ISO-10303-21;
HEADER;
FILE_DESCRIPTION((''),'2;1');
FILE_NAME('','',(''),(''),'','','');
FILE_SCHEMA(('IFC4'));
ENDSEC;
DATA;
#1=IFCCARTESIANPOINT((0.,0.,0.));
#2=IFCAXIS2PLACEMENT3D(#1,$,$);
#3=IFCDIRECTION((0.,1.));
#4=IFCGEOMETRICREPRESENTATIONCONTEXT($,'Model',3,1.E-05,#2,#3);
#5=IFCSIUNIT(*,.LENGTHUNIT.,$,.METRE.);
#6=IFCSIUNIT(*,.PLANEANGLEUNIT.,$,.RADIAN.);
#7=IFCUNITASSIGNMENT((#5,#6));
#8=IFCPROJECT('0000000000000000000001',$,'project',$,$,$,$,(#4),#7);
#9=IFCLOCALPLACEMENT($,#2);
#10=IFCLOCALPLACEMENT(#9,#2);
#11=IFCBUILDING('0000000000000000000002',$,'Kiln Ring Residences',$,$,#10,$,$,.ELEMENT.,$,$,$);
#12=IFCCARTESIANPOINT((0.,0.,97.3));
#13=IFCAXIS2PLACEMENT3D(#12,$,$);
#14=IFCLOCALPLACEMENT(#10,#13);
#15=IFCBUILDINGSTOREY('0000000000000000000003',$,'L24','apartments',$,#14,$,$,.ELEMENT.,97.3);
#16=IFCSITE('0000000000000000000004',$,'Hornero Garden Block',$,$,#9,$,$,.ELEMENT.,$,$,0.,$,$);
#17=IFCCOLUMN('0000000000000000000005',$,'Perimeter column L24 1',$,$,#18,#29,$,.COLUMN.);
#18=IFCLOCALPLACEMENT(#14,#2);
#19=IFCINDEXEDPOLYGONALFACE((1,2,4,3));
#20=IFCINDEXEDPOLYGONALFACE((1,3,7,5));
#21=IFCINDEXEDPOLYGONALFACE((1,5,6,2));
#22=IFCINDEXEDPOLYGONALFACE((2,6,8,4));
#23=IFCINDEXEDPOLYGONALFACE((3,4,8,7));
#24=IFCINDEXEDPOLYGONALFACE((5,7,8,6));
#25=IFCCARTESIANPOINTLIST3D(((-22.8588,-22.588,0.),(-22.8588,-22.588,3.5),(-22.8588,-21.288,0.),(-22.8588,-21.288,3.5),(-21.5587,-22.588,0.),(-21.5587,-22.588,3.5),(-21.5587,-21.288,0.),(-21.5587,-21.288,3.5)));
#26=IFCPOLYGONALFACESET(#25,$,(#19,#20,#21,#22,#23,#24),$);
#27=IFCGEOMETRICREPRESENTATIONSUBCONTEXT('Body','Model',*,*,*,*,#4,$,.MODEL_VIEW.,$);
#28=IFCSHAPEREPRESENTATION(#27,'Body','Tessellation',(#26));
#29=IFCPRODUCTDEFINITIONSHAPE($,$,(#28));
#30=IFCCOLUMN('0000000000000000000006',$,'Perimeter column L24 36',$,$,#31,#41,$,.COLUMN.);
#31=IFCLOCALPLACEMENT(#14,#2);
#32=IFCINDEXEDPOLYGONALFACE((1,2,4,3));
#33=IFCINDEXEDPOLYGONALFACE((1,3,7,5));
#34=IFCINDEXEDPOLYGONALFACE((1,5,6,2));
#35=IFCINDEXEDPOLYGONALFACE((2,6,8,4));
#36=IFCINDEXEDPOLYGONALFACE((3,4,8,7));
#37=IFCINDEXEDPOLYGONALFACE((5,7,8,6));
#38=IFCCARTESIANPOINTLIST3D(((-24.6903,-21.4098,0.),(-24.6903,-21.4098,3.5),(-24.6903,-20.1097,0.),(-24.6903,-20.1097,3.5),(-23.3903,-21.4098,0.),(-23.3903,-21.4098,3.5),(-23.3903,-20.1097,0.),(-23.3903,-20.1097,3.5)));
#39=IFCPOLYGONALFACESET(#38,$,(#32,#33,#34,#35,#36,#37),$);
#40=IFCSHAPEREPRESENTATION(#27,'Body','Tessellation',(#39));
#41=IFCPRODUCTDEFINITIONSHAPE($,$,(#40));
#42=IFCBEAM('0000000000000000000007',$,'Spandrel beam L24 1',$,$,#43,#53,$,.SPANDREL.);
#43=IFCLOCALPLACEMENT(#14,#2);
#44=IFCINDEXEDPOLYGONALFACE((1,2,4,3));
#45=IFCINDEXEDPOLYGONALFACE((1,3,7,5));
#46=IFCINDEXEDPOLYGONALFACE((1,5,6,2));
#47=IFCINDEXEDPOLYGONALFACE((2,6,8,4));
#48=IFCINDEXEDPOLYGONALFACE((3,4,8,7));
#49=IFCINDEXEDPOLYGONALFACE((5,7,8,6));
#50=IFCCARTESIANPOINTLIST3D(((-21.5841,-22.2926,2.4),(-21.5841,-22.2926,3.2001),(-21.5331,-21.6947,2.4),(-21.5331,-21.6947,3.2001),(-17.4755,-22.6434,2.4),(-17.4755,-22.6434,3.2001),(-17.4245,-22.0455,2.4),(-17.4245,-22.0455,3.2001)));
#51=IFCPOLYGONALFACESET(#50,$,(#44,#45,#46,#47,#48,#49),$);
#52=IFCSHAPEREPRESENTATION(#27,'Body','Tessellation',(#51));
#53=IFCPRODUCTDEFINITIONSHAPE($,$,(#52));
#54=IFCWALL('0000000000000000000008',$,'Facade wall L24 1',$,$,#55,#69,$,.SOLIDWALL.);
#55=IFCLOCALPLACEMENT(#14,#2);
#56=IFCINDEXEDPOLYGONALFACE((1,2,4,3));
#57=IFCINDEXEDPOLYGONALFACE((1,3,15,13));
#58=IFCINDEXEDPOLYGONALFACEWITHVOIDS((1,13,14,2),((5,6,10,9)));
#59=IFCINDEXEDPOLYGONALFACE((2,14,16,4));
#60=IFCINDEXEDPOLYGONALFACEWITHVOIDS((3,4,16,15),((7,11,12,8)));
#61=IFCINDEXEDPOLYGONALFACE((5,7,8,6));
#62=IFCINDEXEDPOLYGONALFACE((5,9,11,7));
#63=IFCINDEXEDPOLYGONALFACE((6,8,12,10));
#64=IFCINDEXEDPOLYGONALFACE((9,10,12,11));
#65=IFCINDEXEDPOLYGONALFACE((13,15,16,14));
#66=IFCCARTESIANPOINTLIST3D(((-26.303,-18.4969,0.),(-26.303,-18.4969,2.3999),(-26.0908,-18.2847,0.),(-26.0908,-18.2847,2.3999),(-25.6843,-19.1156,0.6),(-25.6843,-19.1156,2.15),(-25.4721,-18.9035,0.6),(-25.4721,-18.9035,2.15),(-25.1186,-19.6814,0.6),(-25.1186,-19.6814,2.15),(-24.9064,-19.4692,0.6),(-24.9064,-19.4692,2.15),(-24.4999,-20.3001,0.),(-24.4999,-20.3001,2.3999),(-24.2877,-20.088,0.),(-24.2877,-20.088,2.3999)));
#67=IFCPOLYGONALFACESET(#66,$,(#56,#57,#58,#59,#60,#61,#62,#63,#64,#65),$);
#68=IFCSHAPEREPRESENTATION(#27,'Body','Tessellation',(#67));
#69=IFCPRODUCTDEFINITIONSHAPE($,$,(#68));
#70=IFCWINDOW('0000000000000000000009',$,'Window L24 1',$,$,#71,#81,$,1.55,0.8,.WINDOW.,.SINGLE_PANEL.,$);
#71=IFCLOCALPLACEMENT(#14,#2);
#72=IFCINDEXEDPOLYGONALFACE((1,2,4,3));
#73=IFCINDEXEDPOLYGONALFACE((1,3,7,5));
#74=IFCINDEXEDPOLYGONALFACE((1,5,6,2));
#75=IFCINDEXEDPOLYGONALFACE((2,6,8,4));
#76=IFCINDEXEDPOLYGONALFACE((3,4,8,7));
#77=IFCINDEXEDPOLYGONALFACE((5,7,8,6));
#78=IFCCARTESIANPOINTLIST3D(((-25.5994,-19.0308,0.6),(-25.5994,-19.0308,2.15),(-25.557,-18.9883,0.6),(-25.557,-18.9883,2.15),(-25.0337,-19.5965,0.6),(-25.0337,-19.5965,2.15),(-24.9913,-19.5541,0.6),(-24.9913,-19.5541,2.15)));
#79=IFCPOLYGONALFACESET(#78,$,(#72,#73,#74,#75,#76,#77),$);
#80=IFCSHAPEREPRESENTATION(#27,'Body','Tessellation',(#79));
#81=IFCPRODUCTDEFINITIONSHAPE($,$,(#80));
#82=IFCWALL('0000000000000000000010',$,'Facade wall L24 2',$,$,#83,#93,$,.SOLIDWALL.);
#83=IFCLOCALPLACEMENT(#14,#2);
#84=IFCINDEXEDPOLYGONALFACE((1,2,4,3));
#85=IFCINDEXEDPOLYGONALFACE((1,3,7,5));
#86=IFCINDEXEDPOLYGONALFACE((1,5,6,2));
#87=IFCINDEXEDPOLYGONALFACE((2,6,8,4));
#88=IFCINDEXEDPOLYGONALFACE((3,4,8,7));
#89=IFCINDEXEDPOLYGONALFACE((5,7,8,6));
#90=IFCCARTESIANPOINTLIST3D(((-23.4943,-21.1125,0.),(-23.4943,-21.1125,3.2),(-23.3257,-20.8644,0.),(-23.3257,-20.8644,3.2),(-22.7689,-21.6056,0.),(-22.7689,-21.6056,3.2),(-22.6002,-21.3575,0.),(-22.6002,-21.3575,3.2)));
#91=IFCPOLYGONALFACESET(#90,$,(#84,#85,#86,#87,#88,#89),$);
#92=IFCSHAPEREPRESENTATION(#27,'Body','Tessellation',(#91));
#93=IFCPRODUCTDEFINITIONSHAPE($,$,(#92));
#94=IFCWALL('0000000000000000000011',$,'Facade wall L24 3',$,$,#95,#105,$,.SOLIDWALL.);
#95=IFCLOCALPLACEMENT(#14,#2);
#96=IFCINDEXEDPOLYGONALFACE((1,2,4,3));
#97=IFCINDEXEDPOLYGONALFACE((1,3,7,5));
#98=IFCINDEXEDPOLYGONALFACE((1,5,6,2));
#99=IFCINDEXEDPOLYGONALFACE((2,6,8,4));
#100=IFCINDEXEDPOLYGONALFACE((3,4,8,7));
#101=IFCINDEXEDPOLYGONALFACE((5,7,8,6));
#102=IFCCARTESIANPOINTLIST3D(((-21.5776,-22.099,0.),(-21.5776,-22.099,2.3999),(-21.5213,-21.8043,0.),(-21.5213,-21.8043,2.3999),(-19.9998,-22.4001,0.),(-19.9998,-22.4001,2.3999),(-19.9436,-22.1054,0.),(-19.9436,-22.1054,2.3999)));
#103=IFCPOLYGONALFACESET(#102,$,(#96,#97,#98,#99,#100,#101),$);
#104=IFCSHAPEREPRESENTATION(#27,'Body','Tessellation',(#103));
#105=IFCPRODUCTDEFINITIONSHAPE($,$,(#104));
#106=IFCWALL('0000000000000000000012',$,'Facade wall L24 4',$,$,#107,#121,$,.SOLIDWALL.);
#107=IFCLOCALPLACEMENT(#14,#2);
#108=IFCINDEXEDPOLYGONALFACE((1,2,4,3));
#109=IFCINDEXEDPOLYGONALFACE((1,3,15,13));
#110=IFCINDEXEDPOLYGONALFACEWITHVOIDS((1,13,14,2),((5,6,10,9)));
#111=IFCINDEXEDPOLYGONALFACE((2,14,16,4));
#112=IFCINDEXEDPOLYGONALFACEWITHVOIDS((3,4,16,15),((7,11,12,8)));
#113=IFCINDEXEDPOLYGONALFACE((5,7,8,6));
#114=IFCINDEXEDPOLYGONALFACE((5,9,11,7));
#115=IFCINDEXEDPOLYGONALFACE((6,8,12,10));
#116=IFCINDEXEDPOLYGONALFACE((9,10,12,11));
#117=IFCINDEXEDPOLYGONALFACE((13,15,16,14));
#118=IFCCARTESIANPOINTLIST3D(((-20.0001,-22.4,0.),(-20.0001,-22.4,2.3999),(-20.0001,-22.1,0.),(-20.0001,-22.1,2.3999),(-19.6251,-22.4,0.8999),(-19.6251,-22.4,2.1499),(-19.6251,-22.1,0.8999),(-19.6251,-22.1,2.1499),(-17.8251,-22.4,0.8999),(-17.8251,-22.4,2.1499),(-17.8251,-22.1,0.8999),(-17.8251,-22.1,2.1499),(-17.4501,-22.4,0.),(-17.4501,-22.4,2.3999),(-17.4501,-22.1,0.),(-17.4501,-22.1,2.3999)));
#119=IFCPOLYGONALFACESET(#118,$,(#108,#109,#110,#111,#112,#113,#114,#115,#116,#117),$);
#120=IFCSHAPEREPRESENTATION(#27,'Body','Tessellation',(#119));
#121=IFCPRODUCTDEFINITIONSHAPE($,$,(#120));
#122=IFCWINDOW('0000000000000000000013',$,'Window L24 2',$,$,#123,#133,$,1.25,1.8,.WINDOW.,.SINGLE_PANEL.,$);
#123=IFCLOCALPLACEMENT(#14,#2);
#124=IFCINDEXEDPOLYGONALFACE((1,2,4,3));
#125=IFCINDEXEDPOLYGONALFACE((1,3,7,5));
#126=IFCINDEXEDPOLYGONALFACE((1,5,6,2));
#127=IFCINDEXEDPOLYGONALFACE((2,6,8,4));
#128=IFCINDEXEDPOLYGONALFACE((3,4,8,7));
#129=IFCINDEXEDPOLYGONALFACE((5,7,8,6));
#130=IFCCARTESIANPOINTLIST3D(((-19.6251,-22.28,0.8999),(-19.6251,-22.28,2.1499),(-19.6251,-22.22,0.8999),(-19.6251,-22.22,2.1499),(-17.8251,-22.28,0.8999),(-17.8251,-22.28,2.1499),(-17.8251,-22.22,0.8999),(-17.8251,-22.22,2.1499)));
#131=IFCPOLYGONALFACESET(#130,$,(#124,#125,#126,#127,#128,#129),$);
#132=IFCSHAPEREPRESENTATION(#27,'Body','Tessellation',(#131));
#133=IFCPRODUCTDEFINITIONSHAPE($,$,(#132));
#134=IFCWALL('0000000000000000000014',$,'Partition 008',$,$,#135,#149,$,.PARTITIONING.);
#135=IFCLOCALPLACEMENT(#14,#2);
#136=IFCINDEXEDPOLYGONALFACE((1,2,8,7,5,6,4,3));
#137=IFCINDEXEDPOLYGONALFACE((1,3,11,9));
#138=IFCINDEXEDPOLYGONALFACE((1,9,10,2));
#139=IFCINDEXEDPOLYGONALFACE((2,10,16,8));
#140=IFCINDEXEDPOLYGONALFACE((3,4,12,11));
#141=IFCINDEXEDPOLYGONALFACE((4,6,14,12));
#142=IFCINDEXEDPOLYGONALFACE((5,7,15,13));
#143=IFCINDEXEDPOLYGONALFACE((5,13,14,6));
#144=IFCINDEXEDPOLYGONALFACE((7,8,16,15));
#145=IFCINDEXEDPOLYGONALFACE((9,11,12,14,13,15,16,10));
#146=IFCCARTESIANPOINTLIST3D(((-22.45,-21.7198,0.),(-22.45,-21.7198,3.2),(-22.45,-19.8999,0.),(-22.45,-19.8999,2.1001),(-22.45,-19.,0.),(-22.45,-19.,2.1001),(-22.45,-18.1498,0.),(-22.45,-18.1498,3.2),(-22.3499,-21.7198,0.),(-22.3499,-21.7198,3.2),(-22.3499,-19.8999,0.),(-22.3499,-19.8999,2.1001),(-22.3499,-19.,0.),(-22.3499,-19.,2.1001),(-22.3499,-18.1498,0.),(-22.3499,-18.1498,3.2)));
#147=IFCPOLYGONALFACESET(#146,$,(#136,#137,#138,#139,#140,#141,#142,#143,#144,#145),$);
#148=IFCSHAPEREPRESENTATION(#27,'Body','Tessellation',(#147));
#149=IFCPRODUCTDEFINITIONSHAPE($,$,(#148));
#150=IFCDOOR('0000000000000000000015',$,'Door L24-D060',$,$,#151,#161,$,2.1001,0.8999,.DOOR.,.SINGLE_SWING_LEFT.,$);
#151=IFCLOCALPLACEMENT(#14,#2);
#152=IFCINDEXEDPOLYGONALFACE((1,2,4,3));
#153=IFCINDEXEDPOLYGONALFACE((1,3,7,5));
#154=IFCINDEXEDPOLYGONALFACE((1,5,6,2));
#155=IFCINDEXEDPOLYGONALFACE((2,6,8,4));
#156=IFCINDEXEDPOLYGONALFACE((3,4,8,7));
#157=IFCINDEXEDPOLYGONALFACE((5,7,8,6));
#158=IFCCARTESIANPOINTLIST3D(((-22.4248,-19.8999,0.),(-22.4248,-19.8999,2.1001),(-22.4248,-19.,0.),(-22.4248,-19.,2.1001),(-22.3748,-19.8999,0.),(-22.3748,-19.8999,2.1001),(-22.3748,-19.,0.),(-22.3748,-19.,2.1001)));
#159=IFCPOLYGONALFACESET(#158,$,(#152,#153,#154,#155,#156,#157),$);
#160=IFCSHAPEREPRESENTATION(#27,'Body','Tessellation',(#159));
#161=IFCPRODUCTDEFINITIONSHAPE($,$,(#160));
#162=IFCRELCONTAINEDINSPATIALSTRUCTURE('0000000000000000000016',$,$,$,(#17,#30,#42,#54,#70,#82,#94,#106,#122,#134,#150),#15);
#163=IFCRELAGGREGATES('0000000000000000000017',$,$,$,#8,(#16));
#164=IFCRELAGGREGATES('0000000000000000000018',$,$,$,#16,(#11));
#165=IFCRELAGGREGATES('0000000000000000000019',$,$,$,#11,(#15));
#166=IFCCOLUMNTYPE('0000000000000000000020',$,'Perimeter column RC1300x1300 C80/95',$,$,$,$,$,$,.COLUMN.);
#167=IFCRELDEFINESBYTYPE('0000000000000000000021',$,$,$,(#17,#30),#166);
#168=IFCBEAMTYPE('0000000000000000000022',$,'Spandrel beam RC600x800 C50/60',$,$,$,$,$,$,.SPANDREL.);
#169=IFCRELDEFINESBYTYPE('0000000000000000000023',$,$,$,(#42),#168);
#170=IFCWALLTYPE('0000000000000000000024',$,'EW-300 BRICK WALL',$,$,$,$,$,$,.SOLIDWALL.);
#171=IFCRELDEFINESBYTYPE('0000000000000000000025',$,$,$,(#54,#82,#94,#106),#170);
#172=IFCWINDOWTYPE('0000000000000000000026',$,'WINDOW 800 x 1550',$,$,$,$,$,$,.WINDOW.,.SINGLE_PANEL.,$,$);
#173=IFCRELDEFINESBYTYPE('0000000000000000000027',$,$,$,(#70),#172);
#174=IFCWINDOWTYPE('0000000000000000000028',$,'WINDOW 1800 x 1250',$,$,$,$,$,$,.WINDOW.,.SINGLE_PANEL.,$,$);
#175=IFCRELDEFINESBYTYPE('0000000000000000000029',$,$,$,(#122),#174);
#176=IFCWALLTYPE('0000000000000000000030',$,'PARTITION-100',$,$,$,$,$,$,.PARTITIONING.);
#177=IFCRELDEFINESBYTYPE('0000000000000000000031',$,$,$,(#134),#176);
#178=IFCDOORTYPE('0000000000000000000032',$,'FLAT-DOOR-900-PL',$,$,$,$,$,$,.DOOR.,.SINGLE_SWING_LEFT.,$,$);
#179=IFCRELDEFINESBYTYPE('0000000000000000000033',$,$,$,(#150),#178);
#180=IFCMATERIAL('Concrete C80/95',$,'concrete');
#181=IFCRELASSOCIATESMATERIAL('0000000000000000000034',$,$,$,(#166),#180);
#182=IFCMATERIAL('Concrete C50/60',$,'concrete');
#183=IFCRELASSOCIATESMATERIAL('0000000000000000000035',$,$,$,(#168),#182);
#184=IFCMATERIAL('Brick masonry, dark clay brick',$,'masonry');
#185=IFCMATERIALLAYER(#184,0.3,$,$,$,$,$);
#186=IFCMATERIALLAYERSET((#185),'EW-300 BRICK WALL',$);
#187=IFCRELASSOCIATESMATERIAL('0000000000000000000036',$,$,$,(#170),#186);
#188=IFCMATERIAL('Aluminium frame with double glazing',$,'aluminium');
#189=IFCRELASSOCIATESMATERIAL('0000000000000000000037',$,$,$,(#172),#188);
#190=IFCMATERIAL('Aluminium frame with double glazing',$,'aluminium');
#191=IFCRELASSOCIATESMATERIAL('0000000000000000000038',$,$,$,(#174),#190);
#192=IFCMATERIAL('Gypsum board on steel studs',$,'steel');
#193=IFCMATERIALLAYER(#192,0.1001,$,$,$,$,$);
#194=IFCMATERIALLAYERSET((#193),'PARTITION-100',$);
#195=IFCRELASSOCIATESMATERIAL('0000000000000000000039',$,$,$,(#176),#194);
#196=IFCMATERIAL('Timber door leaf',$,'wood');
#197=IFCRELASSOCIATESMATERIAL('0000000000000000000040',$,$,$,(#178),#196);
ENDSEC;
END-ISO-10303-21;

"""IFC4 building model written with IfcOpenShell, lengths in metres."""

from ifc_helpers import new_model, si_unit, direction, frame, frame_2d, origin, origin_2d, place, context, subcontext, project, spatial, rectangle, extrude, material, layer, layer_set, material_profile, profile_set, type_object, element, fill, save


model = new_model("IFC4")

# Units and contexts
model_context = context("Model", 3, precision=1e-05, world=origin(), true_north=direction((0.0, 1.0)))
body_context = subcontext(model_context, "Body", "Model", "MODEL_VIEW")
ifc_project = project(units=[si_unit("LENGTHUNIT", "METRE"), si_unit("PLANEANGLEUNIT", "RADIAN")], contexts=[model_context])

# Site, building, storey
site_placement = place(None, origin())
site = spatial("IfcSite", under=ifc_project, at=site_placement, Name="Hornero Garden Block", CompositionType="ELEMENT", RefElevation=0.0)
building_placement = place(site_placement, origin())
building = spatial("IfcBuilding", under=site, at=building_placement, Name="Kiln Ring Residences", CompositionType="ELEMENT")
storey_placement = place(building_placement, frame((0.0, 0.0, 97.3)))
storey = spatial("IfcBuildingStorey", under=building, at=storey_placement, Name="L24", Description="apartments", CompositionType="ELEMENT", Elevation=97.3)

# Columns
ifc_material_1 = material(Name="Concrete C80/95", Category="concrete")
ifc_material_profile_1 = material_profile(ifc_material_1, rectangle(XDim=1.3, YDim=1.3, at=origin_2d()), Name="RC1300x1300")
ifc_profile_set_1 = profile_set([ifc_material_profile_1], Name="Concrete C80/95")
column_type = type_object("IfcColumnType", Name="Perimeter column RC1300x1300 C80/95", PredefinedType="COLUMN", material=ifc_profile_set_1)
for number, where, z_axis, x_axis, name in (
    (1, (-22.2087, -21.938, 0.0), (0.0, 0.0, 1.0), (1.0, 0.0, 0.0), "Perimeter column L24 1"),
    (2, (-24.0403, -20.7598, 0.0), (0.0, 0.0, 1.0), (1.0, 0.0, 0.0), "Perimeter column L24 36"),
):
    element("IfcColumn", number, at=place(storey_placement, frame(where, z_axis=z_axis, x_axis=x_axis)), inside=storey, type_object=column_type, Name=name, PredefinedType="COLUMN", context=body_context, shape_type="SweptSolid", body=[
        extrude(rectangle(XDim=1.3, YDim=1.3, at=origin_2d()), origin(), (0.0, 0.0, 1.0), 3.5),
    ])

# Beam
ifc_material_2 = material(Name="Concrete C50/60", Category="concrete")
ifc_material_profile_2 = material_profile(ifc_material_2, rectangle(XDim=0.6001, YDim=0.8, at=origin_2d()), Name="RC600x800")
ifc_profile_set_2 = profile_set([ifc_material_profile_2], Name="Concrete C50/60")
beam_type = type_object("IfcBeamType", Name="Spandrel beam RC600x800 C50/60", PredefinedType="SPANDREL", material=ifc_profile_set_2)
beam_placement = place(storey_placement, frame((-21.5586, -21.9937, 2.8), z_axis=(0.996374, -0.085079, 0.0), x_axis=(0.085079, 0.996374, 0.0)))
element("IfcBeam", 3, at=beam_placement, inside=storey, type_object=beam_type, Name="Spandrel beam L24 1", PredefinedType="SPANDREL", context=body_context, shape_type="SweptSolid", body=[
    extrude(rectangle(XDim=0.6001, YDim=0.8, at=origin_2d()), origin(), (0.0, 0.0, 1.0), 4.1235),
])

# Wall, opening, window
ifc_material_3 = material(Name="Brick masonry, dark clay brick", Category="masonry")
ifc_layer_1 = layer(ifc_material_3, 0.3)
ifc_layer_set_1 = layer_set([ifc_layer_1], Name="EW-300 BRICK WALL")
wall_type_1 = type_object("IfcWallType", Name="EW-300 BRICK WALL", PredefinedType="SOLIDWALL", material=ifc_layer_set_1)
wall_1_placement = place(storey_placement, frame((-26.1968, -18.3909, 0.0), z_axis=(0.0, 0.0, 1.0), x_axis=(0.707059, -0.707155, 0.0)))
wall_1 = element("IfcWall", 4, at=wall_1_placement, inside=storey, type_object=wall_type_1, Name="Facade wall L24 1", PredefinedType="SOLIDWALL", context=body_context, shape_type="SweptSolid", body=[
    extrude(rectangle(XDim=2.55, YDim=0.3, at=frame_2d((1.2749, 0.0))), origin(), (0.0, 0.0, 1.0), 2.3999),
])
opening_1_placement = place(wall_1_placement, frame((0.875, 0.0, 0.6001)))
opening_1 = element("IfcOpeningElement", 5, at=opening_1_placement, cuts=wall_1, PredefinedType="OPENING", context=body_context, shape_type="SweptSolid", body=[
    extrude(rectangle(XDim=0.8, YDim=1.55, at=frame_2d((0.3999, 0.7749))), frame((0.0, 0.1599, 0.0), z_axis=(0.0, -1.0, 0.0), x_axis=(1.0, 0.0, 0.0)), (0.0, 0.0, 1.0), 0.3201),
])
ifc_material_4 = material(Name="Aluminium frame with double glazing", Category="aluminium")
window_type_1 = type_object("IfcWindowType", Name="WINDOW 800 x 1550", PartitioningType="SINGLE_PANEL", PredefinedType="WINDOW", material=ifc_material_4)
window_1_placement = place(opening_1_placement, origin())
window_1 = element("IfcWindow", 6, at=window_1_placement, inside=storey, type_object=window_type_1, Name="Window L24 1", OverallHeight=1.55, OverallWidth=0.8, PartitioningType="SINGLE_PANEL", PredefinedType="WINDOW", context=body_context, shape_type="SweptSolid", body=[
    extrude(rectangle(XDim=0.8, YDim=1.55, at=frame_2d((0.3999, 0.7749))), frame((0.0, 0.03, 0.0), z_axis=(0.0, -1.0, 0.0), x_axis=(1.0, 0.0, 0.0)), (0.0, 0.0, 1.0), 0.0601),
])
fill(opening_1, window_1)

# Walls
wall_2_placement = place(storey_placement, frame((-23.4099, -20.9885, 0.0), z_axis=(0.0, 0.0, 1.0), x_axis=(0.827051, -0.562127, 0.0)))
element("IfcWall", 7, at=wall_2_placement, inside=storey, type_object=wall_type_1, Name="Facade wall L24 2", PredefinedType="SOLIDWALL", context=body_context, shape_type="SweptSolid", body=[
    extrude(rectangle(XDim=0.8772, YDim=0.3, at=frame_2d((0.4385, 0.0))), origin(), (0.0, 0.0, 1.0), 3.2),
])
wall_3_placement = place(storey_placement, frame((-21.5496, -21.9517, 0.0), z_axis=(0.0, 0.0, 1.0), x_axis=(0.982279, -0.187426, 0.0)))
element("IfcWall", 8, at=wall_3_placement, inside=storey, type_object=wall_type_1, Name="Facade wall L24 3", PredefinedType="SOLIDWALL", context=body_context, shape_type="SweptSolid", body=[
    extrude(rectangle(XDim=1.6062, YDim=0.3, at=frame_2d((0.8032, 0.0))), origin(), (0.0, 0.0, 1.0), 2.3999),
])

# Wall, opening, window
wall_4_placement = place(storey_placement, frame((-20.0, -22.25, 0.0), z_axis=(0.0, 0.0, 1.0), x_axis=(1.0, 0.0, 0.0)))
wall_4 = element("IfcWall", 9, at=wall_4_placement, inside=storey, type_object=wall_type_1, Name="Facade wall L24 4", PredefinedType="SOLIDWALL", context=body_context, shape_type="SweptSolid", body=[
    extrude(rectangle(XDim=2.55, YDim=0.3, at=frame_2d((1.2749, 0.0))), origin(), (0.0, 0.0, 1.0), 2.3999),
])
opening_2_placement = place(wall_4_placement, frame((0.375, 0.0, 0.8999)))
opening_2 = element("IfcOpeningElement", 10, at=opening_2_placement, cuts=wall_4, PredefinedType="OPENING", context=body_context, shape_type="SweptSolid", body=[
    extrude(rectangle(XDim=1.8, YDim=1.25, at=frame_2d((0.8999, 0.625))), frame((0.0, 0.1599, 0.0), z_axis=(0.0, -1.0, 0.0), x_axis=(1.0, 0.0, 0.0)), (0.0, 0.0, 1.0), 0.3201),
])
ifc_material_5 = material(Name="Aluminium frame with double glazing", Category="aluminium")
window_type_2 = type_object("IfcWindowType", Name="WINDOW 1800 x 1250", PartitioningType="SINGLE_PANEL", PredefinedType="WINDOW", material=ifc_material_5)
window_2_placement = place(opening_2_placement, origin())
window_2 = element("IfcWindow", 11, at=window_2_placement, inside=storey, type_object=window_type_2, Name="Window L24 2", OverallHeight=1.25, OverallWidth=1.8, PartitioningType="SINGLE_PANEL", PredefinedType="WINDOW", context=body_context, shape_type="SweptSolid", body=[
    extrude(rectangle(XDim=1.8, YDim=1.25, at=frame_2d((0.8999, 0.625))), frame((0.0, 0.03, 0.0), z_axis=(0.0, -1.0, 0.0), x_axis=(1.0, 0.0, 0.0)), (0.0, 0.0, 1.0), 0.0601),
])
fill(opening_2, window_2)

# Wall, opening, door
ifc_material_6 = material(Name="Gypsum board on steel studs", Category="steel")
ifc_layer_2 = layer(ifc_material_6, 0.1001)
ifc_layer_set_2 = layer_set([ifc_layer_2], Name="PARTITION-100")
wall_type_2 = type_object("IfcWallType", Name="PARTITION-100", PredefinedType="PARTITIONING", material=ifc_layer_set_2)
wall_5_placement = place(storey_placement, frame((-22.3999, -21.72, 0.0), z_axis=(0.0, 0.0, 1.0), x_axis=(0.0, 1.0, 0.0)))
wall_5 = element("IfcWall", 12, at=wall_5_placement, inside=storey, type_object=wall_type_2, Name="Partition 008", PredefinedType="PARTITIONING", context=body_context, shape_type="SweptSolid", body=[
    extrude(rectangle(XDim=3.5701, YDim=0.1001, at=frame_2d((1.7852, 0.0))), origin(), (0.0, 0.0, 1.0), 3.2),
])
opening_3_placement = place(wall_5_placement, frame((1.8201, 0.0, 0.0)))
opening_3 = element("IfcOpeningElement", 13, at=opening_3_placement, cuts=wall_5, PredefinedType="OPENING", context=body_context, shape_type="SweptSolid", body=[
    extrude(rectangle(XDim=0.8999, YDim=2.1001, at=frame_2d((0.45, 1.05))), frame((0.0, 0.0601, 0.0), z_axis=(0.0, -1.0, 0.0), x_axis=(1.0, 0.0, 0.0)), (0.0, 0.0, 1.0), 0.1201),
])
ifc_material_7 = material(Name="Timber door leaf", Category="wood")
door_type = type_object("IfcDoorType", Name="FLAT-DOOR-900-PL", OperationType="SINGLE_SWING_LEFT", PredefinedType="DOOR", material=ifc_material_7)
door_placement = place(opening_3_placement, origin())
door = element("IfcDoor", 14, at=door_placement, inside=storey, type_object=door_type, Name="Door L24-D060", OperationType="SINGLE_SWING_LEFT", OverallHeight=2.1001, OverallWidth=0.8999, PredefinedType="DOOR", context=body_context, shape_type="SweptSolid", body=[
    extrude(rectangle(XDim=0.8999, YDim=2.1001, at=frame_2d((0.45, 1.05))), frame((0.0, 0.0249, 0.0), z_axis=(0.0, -1.0, 0.0), x_axis=(1.0, 0.0, 0.0)), (0.0, 0.0, 1.0), 0.05),
])
fill(opening_3, door)

save(model, "model.ifc")
